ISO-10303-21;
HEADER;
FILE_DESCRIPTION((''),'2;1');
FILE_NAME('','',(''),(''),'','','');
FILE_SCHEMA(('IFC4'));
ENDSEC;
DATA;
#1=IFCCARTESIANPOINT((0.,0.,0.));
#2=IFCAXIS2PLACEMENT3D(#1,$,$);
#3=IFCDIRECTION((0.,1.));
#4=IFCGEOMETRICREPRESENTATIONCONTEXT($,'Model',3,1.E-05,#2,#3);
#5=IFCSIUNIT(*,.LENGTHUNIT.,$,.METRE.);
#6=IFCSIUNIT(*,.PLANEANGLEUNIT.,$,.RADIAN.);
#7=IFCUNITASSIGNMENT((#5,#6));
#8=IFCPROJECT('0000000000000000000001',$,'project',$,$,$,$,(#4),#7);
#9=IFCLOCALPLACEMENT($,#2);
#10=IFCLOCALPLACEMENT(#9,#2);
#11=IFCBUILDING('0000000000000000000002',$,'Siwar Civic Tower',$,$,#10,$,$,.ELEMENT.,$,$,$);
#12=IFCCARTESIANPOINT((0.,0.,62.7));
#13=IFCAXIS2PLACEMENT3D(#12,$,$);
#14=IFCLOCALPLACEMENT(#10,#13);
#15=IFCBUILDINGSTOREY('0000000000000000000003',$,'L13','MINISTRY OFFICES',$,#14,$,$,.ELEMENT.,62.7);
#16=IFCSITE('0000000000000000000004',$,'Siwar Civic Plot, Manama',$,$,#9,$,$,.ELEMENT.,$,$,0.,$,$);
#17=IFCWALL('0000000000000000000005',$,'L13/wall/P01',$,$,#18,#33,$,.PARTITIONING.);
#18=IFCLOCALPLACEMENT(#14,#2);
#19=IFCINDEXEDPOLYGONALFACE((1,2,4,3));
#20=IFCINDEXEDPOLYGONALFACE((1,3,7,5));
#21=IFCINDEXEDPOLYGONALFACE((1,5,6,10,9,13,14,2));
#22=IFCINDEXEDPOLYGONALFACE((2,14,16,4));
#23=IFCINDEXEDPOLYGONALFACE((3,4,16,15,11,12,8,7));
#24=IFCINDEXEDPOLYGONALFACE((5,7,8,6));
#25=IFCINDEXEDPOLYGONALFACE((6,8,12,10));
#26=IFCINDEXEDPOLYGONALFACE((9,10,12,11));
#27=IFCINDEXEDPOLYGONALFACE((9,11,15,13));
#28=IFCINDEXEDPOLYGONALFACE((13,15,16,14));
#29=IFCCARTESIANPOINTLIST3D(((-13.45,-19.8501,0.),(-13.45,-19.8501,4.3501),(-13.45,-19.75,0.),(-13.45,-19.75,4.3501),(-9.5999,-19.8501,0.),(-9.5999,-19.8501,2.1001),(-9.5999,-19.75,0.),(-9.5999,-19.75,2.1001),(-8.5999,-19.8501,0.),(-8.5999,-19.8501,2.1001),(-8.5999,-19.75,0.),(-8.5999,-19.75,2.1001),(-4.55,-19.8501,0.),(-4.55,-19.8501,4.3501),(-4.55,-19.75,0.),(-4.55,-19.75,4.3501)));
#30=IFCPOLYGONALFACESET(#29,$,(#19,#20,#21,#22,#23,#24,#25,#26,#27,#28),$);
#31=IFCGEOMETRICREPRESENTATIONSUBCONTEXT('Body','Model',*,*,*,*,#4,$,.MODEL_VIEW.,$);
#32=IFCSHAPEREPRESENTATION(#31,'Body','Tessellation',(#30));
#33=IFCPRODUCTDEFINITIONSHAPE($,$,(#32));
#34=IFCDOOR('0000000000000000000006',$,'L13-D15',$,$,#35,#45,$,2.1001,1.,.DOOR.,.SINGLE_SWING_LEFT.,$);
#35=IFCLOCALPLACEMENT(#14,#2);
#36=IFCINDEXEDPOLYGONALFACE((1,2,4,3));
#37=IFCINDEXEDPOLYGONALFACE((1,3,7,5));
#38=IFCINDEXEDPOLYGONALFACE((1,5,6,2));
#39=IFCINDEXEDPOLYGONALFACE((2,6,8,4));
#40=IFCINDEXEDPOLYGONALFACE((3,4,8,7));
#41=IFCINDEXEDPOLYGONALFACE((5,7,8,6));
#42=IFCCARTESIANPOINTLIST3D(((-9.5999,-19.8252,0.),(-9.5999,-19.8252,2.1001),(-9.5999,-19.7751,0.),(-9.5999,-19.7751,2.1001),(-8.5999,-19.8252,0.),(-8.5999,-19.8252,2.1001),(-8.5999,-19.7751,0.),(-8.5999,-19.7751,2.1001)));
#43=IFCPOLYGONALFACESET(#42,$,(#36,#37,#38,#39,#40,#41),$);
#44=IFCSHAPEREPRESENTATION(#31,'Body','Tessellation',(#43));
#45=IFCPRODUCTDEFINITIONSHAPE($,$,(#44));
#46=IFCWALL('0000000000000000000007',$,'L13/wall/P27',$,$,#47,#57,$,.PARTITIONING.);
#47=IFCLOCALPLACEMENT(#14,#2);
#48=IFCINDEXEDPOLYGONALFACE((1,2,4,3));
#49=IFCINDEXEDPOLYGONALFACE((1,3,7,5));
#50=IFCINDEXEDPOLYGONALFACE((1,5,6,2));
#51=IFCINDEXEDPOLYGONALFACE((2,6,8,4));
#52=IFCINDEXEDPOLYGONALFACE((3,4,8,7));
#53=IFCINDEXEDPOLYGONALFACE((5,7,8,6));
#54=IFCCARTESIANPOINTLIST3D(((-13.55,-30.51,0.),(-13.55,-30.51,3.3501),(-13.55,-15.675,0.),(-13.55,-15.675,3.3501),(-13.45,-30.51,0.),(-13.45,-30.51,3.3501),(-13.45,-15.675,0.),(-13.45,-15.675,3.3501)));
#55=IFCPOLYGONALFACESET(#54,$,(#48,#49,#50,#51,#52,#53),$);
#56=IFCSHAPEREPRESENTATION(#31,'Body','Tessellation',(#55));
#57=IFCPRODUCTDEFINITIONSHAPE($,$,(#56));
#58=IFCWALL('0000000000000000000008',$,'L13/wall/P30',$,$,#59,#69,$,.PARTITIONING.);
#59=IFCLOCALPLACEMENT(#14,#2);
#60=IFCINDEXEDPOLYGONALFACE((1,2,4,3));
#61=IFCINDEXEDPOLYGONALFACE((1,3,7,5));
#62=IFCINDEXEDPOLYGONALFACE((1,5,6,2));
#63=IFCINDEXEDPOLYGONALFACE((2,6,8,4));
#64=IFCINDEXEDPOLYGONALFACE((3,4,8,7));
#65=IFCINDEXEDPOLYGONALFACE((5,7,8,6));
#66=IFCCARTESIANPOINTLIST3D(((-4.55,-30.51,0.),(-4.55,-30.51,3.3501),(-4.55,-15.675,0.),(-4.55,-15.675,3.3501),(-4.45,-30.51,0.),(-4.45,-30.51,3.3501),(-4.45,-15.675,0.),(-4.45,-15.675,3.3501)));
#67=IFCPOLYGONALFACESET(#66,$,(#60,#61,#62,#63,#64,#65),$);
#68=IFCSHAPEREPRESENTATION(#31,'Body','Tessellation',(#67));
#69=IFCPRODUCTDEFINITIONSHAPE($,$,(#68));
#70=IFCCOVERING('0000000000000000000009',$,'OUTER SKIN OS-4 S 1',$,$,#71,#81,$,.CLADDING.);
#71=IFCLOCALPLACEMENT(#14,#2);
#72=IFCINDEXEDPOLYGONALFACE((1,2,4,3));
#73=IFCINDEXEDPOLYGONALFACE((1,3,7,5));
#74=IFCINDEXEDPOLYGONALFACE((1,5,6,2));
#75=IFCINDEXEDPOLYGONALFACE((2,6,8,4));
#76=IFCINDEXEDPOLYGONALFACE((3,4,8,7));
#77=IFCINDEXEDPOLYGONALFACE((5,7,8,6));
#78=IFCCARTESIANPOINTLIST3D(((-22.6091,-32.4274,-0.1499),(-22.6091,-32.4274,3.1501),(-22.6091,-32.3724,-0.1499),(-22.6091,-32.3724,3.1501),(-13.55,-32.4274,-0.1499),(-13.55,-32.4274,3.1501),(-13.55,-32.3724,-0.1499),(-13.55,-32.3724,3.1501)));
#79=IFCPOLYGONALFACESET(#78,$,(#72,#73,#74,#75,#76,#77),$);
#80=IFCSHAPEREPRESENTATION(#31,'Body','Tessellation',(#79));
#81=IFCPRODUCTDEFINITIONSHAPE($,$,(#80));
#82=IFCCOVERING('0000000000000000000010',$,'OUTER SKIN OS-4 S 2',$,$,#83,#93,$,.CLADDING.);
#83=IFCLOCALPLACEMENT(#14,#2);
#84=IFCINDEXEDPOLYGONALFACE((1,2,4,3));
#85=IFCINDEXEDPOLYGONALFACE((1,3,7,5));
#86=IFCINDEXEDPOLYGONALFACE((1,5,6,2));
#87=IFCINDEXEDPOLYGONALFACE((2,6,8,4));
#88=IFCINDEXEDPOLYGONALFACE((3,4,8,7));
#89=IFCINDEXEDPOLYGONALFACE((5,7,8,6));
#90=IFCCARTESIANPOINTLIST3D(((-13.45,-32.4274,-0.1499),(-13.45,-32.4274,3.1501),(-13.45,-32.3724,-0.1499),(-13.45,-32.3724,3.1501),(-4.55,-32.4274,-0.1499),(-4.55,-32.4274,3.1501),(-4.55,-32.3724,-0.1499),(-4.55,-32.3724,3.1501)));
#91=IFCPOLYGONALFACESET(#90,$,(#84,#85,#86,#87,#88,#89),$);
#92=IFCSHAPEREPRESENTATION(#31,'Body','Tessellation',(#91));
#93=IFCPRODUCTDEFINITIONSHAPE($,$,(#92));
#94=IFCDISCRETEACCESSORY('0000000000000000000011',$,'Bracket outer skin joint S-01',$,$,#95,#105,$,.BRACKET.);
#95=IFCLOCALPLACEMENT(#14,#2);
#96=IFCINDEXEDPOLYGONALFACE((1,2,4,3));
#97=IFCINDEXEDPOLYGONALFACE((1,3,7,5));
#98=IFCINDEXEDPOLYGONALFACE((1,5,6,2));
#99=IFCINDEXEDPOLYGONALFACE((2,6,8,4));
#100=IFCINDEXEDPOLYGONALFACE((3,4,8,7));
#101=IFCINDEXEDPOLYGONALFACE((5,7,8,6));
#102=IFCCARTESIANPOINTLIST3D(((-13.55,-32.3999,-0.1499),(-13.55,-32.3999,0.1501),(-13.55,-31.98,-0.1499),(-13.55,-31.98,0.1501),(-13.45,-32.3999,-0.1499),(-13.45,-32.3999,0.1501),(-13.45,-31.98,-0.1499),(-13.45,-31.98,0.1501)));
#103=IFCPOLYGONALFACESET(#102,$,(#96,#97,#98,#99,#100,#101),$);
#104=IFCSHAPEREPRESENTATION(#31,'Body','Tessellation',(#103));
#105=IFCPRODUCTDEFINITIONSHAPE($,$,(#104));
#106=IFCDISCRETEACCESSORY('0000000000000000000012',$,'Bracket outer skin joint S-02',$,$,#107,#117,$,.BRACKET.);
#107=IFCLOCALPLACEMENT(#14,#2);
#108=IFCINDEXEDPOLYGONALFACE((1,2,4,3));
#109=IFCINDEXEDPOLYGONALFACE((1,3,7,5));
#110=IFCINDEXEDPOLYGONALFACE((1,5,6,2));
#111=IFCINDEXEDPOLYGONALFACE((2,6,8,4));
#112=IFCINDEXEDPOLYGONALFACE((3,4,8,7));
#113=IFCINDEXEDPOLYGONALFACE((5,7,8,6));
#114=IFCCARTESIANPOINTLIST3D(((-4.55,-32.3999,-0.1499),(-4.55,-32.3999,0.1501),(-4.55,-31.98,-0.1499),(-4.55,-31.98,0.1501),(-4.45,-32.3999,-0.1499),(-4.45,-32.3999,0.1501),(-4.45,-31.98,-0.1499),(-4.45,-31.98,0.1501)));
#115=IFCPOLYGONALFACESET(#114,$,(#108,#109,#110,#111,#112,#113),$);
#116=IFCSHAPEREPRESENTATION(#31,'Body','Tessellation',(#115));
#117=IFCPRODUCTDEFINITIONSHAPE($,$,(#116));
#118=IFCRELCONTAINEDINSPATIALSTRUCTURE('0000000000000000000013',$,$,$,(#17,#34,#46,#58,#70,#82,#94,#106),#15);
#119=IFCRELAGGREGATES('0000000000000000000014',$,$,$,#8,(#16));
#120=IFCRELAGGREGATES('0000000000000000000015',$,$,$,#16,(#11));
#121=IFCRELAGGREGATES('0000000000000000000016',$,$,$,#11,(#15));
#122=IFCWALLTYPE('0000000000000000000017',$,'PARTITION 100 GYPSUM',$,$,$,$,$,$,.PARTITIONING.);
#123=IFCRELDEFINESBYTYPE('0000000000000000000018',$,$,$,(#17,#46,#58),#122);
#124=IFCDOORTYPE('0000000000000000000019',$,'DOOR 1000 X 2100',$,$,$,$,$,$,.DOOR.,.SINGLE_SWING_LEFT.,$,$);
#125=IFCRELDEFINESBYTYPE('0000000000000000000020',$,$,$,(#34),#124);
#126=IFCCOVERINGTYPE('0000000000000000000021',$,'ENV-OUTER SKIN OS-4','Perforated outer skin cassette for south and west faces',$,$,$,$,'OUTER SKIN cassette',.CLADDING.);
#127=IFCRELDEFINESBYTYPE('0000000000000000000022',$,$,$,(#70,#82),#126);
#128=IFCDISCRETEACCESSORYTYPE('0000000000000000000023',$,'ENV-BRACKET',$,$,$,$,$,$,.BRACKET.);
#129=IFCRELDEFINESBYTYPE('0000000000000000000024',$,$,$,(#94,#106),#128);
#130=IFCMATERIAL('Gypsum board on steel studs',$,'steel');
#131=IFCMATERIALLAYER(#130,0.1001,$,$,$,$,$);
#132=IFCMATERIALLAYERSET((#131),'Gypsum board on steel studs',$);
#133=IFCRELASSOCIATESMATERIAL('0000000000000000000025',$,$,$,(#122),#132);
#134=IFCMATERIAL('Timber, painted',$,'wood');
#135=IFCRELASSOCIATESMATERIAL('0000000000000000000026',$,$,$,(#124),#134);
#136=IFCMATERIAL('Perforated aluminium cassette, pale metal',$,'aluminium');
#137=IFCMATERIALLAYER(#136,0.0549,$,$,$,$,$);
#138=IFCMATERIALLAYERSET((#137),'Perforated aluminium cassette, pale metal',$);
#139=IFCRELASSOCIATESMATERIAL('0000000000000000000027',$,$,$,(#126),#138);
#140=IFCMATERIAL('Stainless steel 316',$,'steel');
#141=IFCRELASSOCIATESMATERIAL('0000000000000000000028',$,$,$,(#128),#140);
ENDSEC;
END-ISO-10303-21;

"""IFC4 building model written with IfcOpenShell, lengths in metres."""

from ifc_helpers import new_model, si_unit, direction, frame, frame_2d, origin, origin_2d, place, context, subcontext, project, spatial, rectangle, extrude, material, layer, layer_set, type_object, element, fill, save


model = new_model("IFC4")

# Units and contexts
model_context = context("Model", 3, precision=1e-05, world=origin(), true_north=direction((0.0, 1.0)))
body_context = subcontext(model_context, "Body", "Model", "MODEL_VIEW")
ifc_project = project(units=[si_unit("LENGTHUNIT", "METRE"), si_unit("PLANEANGLEUNIT", "RADIAN")], contexts=[model_context])

# Site, building, storey
site_placement = place(None, origin())
site = spatial("IfcSite", under=ifc_project, at=site_placement, Name="Siwar Civic Plot, Manama", CompositionType="ELEMENT", RefElevation=0.0)
building_placement = place(site_placement, origin())
building = spatial("IfcBuilding", under=site, at=building_placement, Name="Siwar Civic Tower", CompositionType="ELEMENT")
storey_placement = place(building_placement, frame((0.0, 0.0, 62.7)))
storey = spatial("IfcBuildingStorey", under=building, at=storey_placement, Name="L13", Description="MINISTRY OFFICES", CompositionType="ELEMENT", Elevation=62.7)

# Wall, opening, door
ifc_material_1 = material(Name="Gypsum board on steel studs", Category="steel")
ifc_layer_1 = layer(ifc_material_1, 0.1001)
ifc_layer_set_1 = layer_set([ifc_layer_1], Name="Gypsum board on steel studs")
wall_type_1 = type_object("IfcWallType", Name="PARTITION 100 GYPSUM", PredefinedType="PARTITIONING", material=ifc_layer_set_1)
wall_1_placement = place(storey_placement, frame((-13.45, -19.8, 0.0), z_axis=(0.0, 0.0, 1.0), x_axis=(1.0, 0.0, 0.0)))
wall_1 = element("IfcWall", 1, at=wall_1_placement, inside=storey, type_object=wall_type_1, Name="L13/wall/P01", PredefinedType="PARTITIONING", context=body_context, shape_type="SweptSolid", body=[
    extrude(rectangle(XDim=8.8999, YDim=0.1001, at=frame_2d((4.45, 0.0))), origin(), (0.0, 0.0, 1.0), 4.3501),
])
opening_1_placement = place(wall_1_placement, frame((3.8501, 0.0, 0.0)))
opening_1 = element("IfcOpeningElement", 2, at=opening_1_placement, cuts=wall_1, PredefinedType="OPENING", context=body_context, shape_type="SweptSolid", body=[
    extrude(rectangle(XDim=1.0, YDim=2.1001, at=frame_2d((0.5, 1.05))), frame((0.0, 0.0601, 0.0), z_axis=(0.0, -1.0, 0.0), x_axis=(1.0, 0.0, 0.0)), (0.0, 0.0, 1.0), 0.1201),
])
ifc_material_2 = material(Name="Timber, painted", Category="wood")
door_type_1 = type_object("IfcDoorType", Name="DOOR 1000 X 2100", OperationType="SINGLE_SWING_LEFT", PredefinedType="DOOR", material=ifc_material_2)
door_1_placement = place(opening_1_placement, origin())
door_1 = element("IfcDoor", 3, at=door_1_placement, inside=storey, type_object=door_type_1, Name="L13-D15", OperationType="SINGLE_SWING_LEFT", OverallHeight=2.1001, OverallWidth=1.0, PredefinedType="DOOR", context=body_context, shape_type="SweptSolid", body=[
    extrude(rectangle(XDim=1.0, YDim=2.1001, at=frame_2d((0.5, 1.05))), frame((0.0, 0.0249, 0.0), z_axis=(0.0, -1.0, 0.0), x_axis=(1.0, 0.0, 0.0)), (0.0, 0.0, 1.0), 0.05),
])
fill(opening_1, door_1)

# Walls
for number, where, z_axis, x_axis, name in (
    (4, (-13.5, -30.51, 0.0), (0.0, 0.0, 1.0), (0.0, 1.0, 0.0), "L13/wall/P27"),
    (5, (-4.5, -30.51, 0.0), (0.0, 0.0, 1.0), (0.0, 1.0, 0.0), "L13/wall/P30"),
):
    element("IfcWall", number, at=place(storey_placement, frame(where, z_axis=z_axis, x_axis=x_axis)), inside=storey, type_object=wall_type_1, Name=name, PredefinedType="PARTITIONING", context=body_context, shape_type="SweptSolid", body=[
        extrude(rectangle(XDim=14.835, YDim=0.1001, at=frame_2d((7.4175, 0.0))), origin(), (0.0, 0.0, 1.0), 3.3501),
    ])

# Coverings
ifc_material_3 = material(Name="Perforated aluminium cassette, pale metal", Category="aluminium")
ifc_layer_2 = layer(ifc_material_3, 0.0549)
ifc_layer_set_2 = layer_set([ifc_layer_2], Name="Perforated aluminium cassette, pale metal")
covering_type = type_object("IfcCoveringType", Name="ENV-OUTER SKIN OS-4", Description="Perforated outer skin cassette for south and west faces", ElementType="OUTER SKIN cassette", PredefinedType="CLADDING", material=ifc_layer_set_2)
covering_1_placement = place(storey_placement, frame((-18.0796, -32.3999, -0.1499), z_axis=(0.0, 0.0, 1.0), x_axis=(1.0, 0.0, 0.0)))
element("IfcCovering", 6, at=covering_1_placement, inside=storey, type_object=covering_type, Name="OUTER SKIN OS-4 S 1", PredefinedType="CLADDING", context=body_context, shape_type="SweptSolid", body=[
    extrude(rectangle(XDim=9.0591, YDim=0.0549, at=origin_2d()), origin(), (0.0, 0.0, 1.0), 3.3),
])
covering_2_placement = place(storey_placement, frame((-9.0, -32.3999, -0.1499), z_axis=(0.0, 0.0, 1.0), x_axis=(1.0, 0.0, 0.0)))
element("IfcCovering", 7, at=covering_2_placement, inside=storey, type_object=covering_type, Name="OUTER SKIN OS-4 S 2", PredefinedType="CLADDING", context=body_context, shape_type="SweptSolid", body=[
    extrude(rectangle(XDim=8.8999, YDim=0.0549, at=origin_2d()), origin(), (0.0, 0.0, 1.0), 3.3),
])

# Discrete accessories
ifc_material_4 = material(Name="Stainless steel 316", Category="steel")
discrete_accessory_type = type_object("IfcDiscreteAccessoryType", Name="ENV-BRACKET", PredefinedType="BRACKET", material=ifc_material_4)
for number, where, z_axis, x_axis, name in (
    (8, (-13.5, -32.1899, -0.1499), (0.0, 0.0, 1.0), (0.0, -1.0, 0.0), "Bracket outer skin joint S-01"),
    (9, (-4.5, -32.1899, -0.1499), (0.0, 0.0, 1.0), (0.0, -1.0, 0.0), "Bracket outer skin joint S-02"),
):
    element("IfcDiscreteAccessory", number, at=place(storey_placement, frame(where, z_axis=z_axis, x_axis=x_axis)), inside=storey, type_object=discrete_accessory_type, Name=name, PredefinedType="BRACKET", context=body_context, shape_type="SweptSolid", body=[
        extrude(rectangle(XDim=0.4199, YDim=0.1001, at=origin_2d()), origin(), (0.0, 0.0, 1.0), 0.3),
    ])

save(model, "model.ifc")
